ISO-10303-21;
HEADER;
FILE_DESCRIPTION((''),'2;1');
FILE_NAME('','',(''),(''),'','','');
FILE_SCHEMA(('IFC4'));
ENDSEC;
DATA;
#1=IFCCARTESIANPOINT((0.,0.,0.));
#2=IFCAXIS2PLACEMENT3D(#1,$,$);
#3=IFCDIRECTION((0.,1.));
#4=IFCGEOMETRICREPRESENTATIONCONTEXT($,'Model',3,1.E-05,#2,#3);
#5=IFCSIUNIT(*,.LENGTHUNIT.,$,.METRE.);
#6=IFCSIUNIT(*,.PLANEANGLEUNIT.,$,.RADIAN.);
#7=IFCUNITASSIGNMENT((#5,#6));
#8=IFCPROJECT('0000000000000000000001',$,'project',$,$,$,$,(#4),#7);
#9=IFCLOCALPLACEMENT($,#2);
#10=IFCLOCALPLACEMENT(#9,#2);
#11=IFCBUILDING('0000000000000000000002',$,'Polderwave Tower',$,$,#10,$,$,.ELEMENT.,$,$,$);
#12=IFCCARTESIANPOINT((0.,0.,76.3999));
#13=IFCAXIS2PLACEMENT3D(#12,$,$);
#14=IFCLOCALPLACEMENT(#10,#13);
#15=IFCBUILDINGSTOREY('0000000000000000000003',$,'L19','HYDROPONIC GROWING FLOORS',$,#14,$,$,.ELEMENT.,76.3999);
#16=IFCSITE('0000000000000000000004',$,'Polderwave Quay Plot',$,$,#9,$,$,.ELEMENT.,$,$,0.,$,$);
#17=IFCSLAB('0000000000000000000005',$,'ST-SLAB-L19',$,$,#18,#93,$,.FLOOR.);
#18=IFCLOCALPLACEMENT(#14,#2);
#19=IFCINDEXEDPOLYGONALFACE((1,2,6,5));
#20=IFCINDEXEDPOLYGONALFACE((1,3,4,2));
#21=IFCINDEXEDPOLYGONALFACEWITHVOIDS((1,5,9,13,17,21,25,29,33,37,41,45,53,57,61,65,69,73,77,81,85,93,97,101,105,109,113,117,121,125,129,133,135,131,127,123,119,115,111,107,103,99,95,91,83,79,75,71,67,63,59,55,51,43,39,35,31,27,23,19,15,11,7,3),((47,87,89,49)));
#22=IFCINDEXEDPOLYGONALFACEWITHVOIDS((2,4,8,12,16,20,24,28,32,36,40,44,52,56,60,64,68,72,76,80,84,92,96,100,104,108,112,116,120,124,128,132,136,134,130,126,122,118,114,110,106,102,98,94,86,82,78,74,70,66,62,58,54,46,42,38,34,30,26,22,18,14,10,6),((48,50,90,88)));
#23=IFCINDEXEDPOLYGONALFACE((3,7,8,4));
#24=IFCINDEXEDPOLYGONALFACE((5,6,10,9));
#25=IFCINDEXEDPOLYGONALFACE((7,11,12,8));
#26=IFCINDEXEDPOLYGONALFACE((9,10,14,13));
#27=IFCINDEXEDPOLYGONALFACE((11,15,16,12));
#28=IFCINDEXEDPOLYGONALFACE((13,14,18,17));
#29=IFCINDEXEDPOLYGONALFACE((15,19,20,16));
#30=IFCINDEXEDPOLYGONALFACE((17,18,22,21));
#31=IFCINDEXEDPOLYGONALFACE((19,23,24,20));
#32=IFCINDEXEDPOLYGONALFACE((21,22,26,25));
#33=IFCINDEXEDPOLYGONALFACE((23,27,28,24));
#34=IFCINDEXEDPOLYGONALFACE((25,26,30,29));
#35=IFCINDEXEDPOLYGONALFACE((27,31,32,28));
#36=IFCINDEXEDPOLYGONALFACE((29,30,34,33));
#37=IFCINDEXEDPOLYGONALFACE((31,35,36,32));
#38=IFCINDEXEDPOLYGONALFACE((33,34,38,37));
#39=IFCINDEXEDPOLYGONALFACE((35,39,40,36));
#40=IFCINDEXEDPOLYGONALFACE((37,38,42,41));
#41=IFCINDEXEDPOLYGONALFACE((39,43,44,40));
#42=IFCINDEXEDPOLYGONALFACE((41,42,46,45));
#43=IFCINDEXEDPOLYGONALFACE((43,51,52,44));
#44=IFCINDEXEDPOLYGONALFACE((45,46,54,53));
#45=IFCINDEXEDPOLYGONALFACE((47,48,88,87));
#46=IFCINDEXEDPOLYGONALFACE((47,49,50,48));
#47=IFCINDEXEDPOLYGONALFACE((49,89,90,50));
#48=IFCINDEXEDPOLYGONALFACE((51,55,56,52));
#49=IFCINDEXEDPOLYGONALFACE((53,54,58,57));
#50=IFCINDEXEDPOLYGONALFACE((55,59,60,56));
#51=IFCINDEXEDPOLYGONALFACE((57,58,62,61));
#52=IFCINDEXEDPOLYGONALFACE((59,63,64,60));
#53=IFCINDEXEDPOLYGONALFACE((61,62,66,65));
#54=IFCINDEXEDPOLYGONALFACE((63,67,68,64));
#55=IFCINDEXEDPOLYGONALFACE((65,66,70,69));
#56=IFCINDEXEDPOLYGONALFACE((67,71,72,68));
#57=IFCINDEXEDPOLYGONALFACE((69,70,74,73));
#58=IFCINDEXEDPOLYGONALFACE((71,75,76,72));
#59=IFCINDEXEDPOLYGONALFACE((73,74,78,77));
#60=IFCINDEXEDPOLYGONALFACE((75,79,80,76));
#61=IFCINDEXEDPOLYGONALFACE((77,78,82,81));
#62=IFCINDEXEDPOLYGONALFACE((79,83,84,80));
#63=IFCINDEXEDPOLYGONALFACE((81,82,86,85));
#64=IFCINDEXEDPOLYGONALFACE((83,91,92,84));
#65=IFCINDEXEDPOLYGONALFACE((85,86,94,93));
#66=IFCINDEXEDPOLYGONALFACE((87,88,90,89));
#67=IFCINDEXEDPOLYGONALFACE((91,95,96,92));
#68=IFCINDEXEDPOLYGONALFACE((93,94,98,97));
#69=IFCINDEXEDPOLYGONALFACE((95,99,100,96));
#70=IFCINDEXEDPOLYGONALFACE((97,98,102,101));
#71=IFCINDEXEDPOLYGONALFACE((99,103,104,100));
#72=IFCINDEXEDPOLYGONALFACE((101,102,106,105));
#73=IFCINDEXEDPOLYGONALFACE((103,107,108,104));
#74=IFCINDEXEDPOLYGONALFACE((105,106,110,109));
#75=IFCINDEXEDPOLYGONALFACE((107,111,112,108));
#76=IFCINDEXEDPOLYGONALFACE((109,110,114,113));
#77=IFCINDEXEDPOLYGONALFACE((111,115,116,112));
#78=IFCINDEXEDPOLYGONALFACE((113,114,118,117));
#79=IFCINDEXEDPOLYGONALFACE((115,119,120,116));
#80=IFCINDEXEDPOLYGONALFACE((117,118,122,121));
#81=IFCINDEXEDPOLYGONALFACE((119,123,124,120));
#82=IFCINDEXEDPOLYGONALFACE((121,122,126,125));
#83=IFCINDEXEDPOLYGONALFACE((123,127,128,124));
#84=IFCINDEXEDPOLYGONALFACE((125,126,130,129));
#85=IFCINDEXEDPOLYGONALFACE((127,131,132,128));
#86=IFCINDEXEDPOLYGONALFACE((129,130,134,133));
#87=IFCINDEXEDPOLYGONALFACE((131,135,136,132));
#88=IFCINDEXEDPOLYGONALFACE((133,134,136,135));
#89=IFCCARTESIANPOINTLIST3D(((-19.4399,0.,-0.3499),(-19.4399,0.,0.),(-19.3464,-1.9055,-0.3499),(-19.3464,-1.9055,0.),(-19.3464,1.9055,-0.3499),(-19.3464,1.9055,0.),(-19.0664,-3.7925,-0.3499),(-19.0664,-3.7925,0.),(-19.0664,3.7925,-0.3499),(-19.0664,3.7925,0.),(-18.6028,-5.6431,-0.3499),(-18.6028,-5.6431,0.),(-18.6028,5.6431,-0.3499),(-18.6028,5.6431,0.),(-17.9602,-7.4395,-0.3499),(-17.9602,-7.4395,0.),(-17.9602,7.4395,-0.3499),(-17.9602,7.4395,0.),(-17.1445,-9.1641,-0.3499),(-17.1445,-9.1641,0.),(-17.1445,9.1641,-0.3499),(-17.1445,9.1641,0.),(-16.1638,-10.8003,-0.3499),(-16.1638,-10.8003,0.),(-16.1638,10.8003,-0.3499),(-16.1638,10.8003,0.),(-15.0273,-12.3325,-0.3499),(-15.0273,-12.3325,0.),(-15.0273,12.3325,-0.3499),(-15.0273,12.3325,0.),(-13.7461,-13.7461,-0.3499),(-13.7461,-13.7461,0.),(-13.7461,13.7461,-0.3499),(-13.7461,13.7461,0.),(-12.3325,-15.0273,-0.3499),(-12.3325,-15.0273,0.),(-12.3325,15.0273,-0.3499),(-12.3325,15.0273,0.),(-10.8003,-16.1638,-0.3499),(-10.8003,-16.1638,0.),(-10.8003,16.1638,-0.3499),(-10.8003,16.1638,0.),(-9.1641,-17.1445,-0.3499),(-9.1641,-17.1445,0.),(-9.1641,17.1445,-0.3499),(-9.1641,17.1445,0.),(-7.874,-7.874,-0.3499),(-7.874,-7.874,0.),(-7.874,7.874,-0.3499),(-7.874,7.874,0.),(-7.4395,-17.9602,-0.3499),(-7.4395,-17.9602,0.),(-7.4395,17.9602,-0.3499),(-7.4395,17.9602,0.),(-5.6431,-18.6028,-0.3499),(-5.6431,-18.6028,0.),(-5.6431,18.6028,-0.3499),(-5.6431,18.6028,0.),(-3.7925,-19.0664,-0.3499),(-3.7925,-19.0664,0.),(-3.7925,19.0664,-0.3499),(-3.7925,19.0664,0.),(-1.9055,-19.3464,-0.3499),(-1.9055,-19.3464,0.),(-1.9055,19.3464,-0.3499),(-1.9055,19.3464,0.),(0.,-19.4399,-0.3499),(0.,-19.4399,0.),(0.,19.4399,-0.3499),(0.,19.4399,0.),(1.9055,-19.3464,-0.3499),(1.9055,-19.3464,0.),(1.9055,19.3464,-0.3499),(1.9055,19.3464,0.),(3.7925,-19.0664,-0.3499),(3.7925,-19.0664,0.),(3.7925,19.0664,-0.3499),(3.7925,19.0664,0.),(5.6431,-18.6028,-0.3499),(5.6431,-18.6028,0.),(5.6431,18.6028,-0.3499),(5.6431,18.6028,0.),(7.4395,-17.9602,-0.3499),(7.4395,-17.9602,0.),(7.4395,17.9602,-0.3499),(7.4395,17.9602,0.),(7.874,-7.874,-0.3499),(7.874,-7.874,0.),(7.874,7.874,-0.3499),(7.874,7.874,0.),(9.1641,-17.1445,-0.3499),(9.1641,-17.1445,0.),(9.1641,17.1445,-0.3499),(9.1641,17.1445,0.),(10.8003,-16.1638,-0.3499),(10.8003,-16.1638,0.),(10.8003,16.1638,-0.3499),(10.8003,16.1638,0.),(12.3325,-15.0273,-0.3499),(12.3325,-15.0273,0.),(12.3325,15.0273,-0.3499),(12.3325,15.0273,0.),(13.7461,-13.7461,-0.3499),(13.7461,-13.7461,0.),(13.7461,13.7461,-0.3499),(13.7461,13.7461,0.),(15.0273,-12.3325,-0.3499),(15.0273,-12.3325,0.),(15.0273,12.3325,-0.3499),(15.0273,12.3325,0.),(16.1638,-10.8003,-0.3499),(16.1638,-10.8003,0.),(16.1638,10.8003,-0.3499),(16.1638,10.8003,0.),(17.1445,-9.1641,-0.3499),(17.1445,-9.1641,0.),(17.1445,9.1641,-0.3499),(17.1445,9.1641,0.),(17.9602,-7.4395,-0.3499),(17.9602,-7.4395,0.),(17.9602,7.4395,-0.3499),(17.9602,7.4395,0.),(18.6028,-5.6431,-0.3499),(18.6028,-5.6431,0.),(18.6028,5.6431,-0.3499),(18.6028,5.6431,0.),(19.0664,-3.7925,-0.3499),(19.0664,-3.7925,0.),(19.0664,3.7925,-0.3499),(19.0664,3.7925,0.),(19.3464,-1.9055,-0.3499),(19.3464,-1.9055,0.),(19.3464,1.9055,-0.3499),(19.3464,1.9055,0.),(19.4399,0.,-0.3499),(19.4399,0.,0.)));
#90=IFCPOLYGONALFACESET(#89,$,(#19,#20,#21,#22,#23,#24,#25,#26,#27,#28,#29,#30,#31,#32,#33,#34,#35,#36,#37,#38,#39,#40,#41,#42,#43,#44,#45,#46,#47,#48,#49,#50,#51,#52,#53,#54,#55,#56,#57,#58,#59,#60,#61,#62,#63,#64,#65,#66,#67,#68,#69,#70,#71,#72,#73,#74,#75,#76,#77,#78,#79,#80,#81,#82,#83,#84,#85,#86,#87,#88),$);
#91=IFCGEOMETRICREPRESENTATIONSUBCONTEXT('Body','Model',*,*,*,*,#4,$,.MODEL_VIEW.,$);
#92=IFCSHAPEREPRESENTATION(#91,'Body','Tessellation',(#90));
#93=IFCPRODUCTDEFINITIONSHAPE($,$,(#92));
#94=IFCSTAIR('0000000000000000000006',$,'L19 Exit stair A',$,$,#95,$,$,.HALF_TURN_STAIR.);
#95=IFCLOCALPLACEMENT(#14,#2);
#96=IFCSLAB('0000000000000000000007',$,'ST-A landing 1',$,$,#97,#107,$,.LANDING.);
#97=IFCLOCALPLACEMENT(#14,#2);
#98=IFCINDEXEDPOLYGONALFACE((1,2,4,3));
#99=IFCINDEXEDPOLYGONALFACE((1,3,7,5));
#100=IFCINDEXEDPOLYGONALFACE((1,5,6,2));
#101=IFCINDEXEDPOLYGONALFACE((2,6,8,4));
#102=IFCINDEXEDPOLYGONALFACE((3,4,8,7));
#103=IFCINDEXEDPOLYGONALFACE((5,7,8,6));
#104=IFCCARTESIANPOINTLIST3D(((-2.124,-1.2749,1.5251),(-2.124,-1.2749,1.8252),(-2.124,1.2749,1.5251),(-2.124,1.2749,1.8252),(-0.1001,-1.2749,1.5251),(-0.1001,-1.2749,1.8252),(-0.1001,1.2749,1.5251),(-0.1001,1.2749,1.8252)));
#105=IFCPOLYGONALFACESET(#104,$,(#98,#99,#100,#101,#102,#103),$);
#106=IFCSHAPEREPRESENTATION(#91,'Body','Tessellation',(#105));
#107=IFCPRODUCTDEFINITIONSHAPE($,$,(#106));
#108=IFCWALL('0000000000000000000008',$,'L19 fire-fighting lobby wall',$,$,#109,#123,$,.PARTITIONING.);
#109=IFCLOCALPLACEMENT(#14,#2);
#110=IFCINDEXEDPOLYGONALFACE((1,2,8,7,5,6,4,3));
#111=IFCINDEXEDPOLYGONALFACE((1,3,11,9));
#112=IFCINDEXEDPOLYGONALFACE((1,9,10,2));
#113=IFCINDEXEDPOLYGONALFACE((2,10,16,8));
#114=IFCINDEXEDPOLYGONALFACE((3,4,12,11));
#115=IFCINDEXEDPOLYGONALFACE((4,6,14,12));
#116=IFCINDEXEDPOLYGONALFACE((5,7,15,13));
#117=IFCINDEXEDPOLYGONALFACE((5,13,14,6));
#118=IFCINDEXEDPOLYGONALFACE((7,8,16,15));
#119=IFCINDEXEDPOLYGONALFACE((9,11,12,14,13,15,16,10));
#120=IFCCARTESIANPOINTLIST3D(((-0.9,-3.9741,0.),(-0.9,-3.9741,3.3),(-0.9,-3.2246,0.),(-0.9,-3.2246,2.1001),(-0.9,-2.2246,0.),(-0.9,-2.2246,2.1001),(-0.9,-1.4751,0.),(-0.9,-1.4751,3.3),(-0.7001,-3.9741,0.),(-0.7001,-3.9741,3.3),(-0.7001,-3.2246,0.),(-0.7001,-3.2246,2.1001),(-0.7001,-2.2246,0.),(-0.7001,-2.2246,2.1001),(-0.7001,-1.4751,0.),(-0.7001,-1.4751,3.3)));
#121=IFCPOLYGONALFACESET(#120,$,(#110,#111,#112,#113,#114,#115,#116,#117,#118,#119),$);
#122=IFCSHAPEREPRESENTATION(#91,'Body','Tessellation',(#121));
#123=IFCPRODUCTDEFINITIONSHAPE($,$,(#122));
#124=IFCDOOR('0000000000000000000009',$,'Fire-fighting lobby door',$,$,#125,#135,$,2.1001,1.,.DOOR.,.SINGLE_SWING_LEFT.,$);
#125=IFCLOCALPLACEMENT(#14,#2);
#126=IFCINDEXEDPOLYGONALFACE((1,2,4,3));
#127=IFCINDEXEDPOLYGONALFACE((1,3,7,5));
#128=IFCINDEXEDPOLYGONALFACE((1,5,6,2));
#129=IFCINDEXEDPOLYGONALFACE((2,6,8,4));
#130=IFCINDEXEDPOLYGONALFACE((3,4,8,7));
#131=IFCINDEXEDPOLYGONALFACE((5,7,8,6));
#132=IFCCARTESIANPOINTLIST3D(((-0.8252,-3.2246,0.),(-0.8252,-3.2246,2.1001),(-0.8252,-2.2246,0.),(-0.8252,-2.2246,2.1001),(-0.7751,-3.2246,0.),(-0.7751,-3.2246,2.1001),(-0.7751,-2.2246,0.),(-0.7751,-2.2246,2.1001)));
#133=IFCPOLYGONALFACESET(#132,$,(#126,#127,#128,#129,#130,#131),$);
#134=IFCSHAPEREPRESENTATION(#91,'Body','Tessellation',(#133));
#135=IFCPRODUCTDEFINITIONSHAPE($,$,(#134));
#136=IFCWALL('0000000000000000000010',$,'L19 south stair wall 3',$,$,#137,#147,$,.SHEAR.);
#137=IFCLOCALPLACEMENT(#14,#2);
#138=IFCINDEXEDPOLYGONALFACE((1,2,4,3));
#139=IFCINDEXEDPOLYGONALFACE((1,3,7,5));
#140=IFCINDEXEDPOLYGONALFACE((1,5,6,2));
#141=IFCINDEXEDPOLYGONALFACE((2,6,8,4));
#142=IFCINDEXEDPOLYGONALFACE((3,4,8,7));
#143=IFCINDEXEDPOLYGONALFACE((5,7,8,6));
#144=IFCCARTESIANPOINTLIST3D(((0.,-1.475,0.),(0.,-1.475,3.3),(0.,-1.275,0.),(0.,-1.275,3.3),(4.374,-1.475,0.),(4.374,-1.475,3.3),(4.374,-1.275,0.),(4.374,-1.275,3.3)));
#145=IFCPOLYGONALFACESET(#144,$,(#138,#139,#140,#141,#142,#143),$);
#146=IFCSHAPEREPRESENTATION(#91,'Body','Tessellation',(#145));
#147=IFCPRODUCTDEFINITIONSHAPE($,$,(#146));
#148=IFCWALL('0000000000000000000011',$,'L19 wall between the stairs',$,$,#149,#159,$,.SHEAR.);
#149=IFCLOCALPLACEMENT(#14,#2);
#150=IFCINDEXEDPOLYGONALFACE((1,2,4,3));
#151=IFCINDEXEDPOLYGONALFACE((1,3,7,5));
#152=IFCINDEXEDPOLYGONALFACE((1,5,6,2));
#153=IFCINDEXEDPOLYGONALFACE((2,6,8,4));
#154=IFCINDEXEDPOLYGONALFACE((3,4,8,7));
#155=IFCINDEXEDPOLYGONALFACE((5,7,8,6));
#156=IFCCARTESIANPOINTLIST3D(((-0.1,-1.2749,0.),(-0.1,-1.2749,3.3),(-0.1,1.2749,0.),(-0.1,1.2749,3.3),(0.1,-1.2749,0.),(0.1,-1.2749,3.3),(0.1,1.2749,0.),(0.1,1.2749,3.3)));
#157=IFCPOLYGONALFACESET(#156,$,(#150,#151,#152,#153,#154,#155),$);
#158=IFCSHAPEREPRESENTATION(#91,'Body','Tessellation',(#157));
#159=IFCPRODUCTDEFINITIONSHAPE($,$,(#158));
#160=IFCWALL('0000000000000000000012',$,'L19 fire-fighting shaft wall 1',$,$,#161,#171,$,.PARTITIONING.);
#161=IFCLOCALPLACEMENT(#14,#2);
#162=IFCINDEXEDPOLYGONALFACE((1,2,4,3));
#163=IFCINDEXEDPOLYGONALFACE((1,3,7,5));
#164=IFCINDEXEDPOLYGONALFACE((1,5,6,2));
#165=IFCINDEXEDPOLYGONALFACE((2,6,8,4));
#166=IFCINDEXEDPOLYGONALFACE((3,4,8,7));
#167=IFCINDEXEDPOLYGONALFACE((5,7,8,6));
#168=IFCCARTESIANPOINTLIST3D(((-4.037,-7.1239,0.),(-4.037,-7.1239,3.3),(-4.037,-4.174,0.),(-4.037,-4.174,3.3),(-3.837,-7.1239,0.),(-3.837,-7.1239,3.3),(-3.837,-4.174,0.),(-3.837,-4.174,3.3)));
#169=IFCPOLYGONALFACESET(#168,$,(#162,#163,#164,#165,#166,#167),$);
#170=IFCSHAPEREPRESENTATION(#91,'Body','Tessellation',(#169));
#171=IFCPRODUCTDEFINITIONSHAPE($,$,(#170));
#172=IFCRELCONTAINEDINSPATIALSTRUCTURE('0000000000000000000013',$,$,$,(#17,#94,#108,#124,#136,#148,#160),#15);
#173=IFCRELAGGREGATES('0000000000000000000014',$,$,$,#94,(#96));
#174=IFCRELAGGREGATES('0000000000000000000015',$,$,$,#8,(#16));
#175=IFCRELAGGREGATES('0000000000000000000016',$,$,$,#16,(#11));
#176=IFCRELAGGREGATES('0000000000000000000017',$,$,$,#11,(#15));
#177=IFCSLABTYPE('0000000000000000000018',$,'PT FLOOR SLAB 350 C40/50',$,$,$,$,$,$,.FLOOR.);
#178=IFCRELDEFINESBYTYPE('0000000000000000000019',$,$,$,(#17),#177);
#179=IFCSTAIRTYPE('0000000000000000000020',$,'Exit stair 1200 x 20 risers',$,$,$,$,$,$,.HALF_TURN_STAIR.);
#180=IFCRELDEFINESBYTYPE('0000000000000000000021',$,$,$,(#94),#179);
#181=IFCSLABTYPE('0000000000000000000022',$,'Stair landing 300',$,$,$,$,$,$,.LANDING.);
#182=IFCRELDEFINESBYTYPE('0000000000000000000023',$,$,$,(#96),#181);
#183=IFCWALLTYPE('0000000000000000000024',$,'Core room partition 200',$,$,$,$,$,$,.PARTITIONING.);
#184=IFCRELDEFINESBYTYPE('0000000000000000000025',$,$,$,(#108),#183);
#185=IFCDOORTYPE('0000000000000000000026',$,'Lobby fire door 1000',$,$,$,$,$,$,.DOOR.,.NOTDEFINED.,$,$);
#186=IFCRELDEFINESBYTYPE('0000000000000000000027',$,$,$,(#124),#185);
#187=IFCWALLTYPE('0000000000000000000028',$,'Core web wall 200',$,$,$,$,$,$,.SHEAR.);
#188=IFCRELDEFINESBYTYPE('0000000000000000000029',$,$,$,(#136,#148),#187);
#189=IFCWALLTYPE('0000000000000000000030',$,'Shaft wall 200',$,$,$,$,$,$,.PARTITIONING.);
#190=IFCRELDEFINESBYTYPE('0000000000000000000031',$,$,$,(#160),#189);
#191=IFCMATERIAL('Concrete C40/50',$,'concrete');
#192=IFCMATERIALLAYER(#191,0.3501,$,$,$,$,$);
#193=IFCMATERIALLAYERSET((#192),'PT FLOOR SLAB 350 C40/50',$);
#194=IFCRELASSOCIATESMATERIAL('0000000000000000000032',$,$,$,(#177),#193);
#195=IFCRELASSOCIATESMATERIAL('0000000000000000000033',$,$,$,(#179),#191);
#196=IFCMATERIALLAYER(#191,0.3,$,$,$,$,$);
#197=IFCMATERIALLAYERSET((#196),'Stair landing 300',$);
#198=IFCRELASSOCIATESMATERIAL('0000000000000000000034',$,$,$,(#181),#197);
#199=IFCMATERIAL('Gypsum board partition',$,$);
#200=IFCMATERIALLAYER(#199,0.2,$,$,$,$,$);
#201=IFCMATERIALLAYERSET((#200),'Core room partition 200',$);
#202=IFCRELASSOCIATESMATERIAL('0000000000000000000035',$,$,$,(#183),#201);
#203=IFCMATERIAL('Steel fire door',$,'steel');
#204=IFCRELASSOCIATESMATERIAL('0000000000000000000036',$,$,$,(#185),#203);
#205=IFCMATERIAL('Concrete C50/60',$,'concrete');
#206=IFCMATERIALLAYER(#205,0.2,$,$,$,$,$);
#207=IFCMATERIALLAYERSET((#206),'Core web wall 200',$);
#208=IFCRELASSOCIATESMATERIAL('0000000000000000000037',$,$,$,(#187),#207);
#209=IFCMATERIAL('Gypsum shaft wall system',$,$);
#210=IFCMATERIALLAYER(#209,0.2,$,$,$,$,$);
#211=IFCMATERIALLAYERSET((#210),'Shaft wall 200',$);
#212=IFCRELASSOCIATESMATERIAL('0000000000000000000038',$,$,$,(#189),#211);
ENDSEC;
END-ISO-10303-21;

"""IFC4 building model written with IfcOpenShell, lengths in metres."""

from ifc_helpers import new_model, si_unit, direction, frame, frame_2d, origin, place, context, subcontext, project, spatial, polyline, rectangle, outline, extrude, material, layer, layer_set, type_object, element, fill, aggregate, save


model = new_model("IFC4")

# Units and contexts
model_context = context("Model", 3, precision=1e-05, world=origin(), true_north=direction((0.0, 1.0)))
body_context = subcontext(model_context, "Body", "Model", "MODEL_VIEW")
ifc_project = project(units=[si_unit("LENGTHUNIT", "METRE"), si_unit("PLANEANGLEUNIT", "RADIAN")], contexts=[model_context])

# Site, building, storey
site_placement = place(None, origin())
site = spatial("IfcSite", under=ifc_project, at=site_placement, Name="Polderwave Quay Plot", CompositionType="ELEMENT", RefElevation=0.0)
building_placement = place(site_placement, origin())
building = spatial("IfcBuilding", under=site, at=building_placement, Name="Polderwave Tower", CompositionType="ELEMENT")
storey_placement = place(building_placement, frame((0.0, 0.0, 76.3999)))
storey = spatial("IfcBuildingStorey", under=building, at=storey_placement, Name="L19", Description="HYDROPONIC GROWING FLOORS", CompositionType="ELEMENT", Elevation=76.3999)

# Slab
ifc_material_1 = material(Name="Concrete C40/50", Category="concrete")
ifc_layer_1 = layer(ifc_material_1, 0.3501)
ifc_layer_set_1 = layer_set([ifc_layer_1], Name="PT FLOOR SLAB 350 C40/50")
slab_type_1 = type_object("IfcSlabType", Name="PT FLOOR SLAB 350 C40/50", PredefinedType="FLOOR", material=ifc_layer_set_1)
slab_1_placement = place(storey_placement, frame((0.0, 0.0, -0.3499)))
element("IfcSlab", 1, at=slab_1_placement, inside=storey, type_object=slab_type_1, Name="ST-SLAB-L19", PredefinedType="FLOOR", context=body_context, shape_type="SweptSolid", body=[
    extrude(outline(polyline([(19.4399, 0.0), (19.3464, 1.9055), (19.0664, 3.7925), (18.6028, 5.6431), (17.9602, 7.4395), (17.1445, 9.1641), (16.1638, 10.8003), (15.0273, 12.3325), (13.7461, 13.7461), (12.3325, 15.0273), (10.8003, 16.1638), (9.1641, 17.1445), (7.4395, 17.9602), (5.6431, 18.6028), (3.7925, 19.0664), (1.9055, 19.3464), (0.0, 19.4399), (-1.9055, 19.3464), (-3.7925, 19.0664), (-5.6431, 18.6028), (-7.4395, 17.9602), (-9.1641, 17.1445), (-10.8003, 16.1638), (-12.3325, 15.0273), (-13.7461, 13.7461), (-15.0273, 12.3325), (-16.1638, 10.8003), (-17.1445, 9.1641), (-17.9602, 7.4395), (-18.6028, 5.6431), (-19.0664, 3.7925), (-19.3464, 1.9055), (-19.4399, 0.0), (-19.3464, -1.9055), (-19.0664, -3.7925), (-18.6028, -5.6431), (-17.9602, -7.4395), (-17.1445, -9.1641), (-16.1638, -10.8003), (-15.0273, -12.3325), (-13.7461, -13.7461), (-12.3325, -15.0273), (-10.8003, -16.1638), (-9.1641, -17.1445), (-7.4395, -17.9602), (-5.6431, -18.6028), (-3.7925, -19.0664), (-1.9055, -19.3464), (0.0, -19.4399), (1.9055, -19.3464), (3.7925, -19.0664), (5.6431, -18.6028), (7.4395, -17.9602), (9.1641, -17.1445), (10.8003, -16.1638), (12.3325, -15.0273), (13.7461, -13.7461), (15.0273, -12.3325), (16.1638, -10.8003), (17.1445, -9.1641), (17.9602, -7.4395), (18.6028, -5.6431), (19.0664, -3.7925), (19.3464, -1.9055), (19.4399, 0.0)]), holes=[polyline([(-7.874, -7.874), (7.874, -7.874), (7.874, 7.874), (-7.874, 7.874), (-7.874, -7.874)])]), origin(), (0.0, 0.0, 1.0), 0.3499),
])

# Stair, slab
stair_type = type_object("IfcStairType", Name="Exit stair 1200 x 20 risers", PredefinedType="HALF_TURN_STAIR", material=ifc_material_1)
stair_placement = place(storey_placement, origin())
stair = element("IfcStair", 2, at=stair_placement, inside=storey, type_object=stair_type, Name="L19 Exit stair A", PredefinedType="HALF_TURN_STAIR")
ifc_layer_2 = layer(ifc_material_1, 0.3)
ifc_layer_set_2 = layer_set([ifc_layer_2], Name="Stair landing 300")
slab_type_2 = type_object("IfcSlabType", Name="Stair landing 300", PredefinedType="LANDING", material=ifc_layer_set_2)
slab_2_placement = place(storey_placement, frame((0.0, 0.0, 1.5251)))
slab_2 = element("IfcSlab", 3, at=slab_2_placement, type_object=slab_type_2, Name="ST-A landing 1", PredefinedType="LANDING", context=body_context, shape_type="SweptSolid", body=[
    extrude(outline(polyline([(-2.124, -1.2749), (-0.1001, -1.2749), (-0.1001, 1.2749), (-2.124, 1.2749), (-2.124, -1.2749)])), origin(), (0.0, 0.0, 1.0), 0.3),
])

# Wall, opening, door
ifc_material_2 = material(Name="Gypsum board partition")
ifc_layer_3 = layer(ifc_material_2, 0.2)
ifc_layer_set_3 = layer_set([ifc_layer_3], Name="Core room partition 200")
wall_type_1 = type_object("IfcWallType", Name="Core room partition 200", PredefinedType="PARTITIONING", material=ifc_layer_set_3)
wall_1_placement = place(storey_placement, frame((-0.8, -3.9741, 0.0), z_axis=(0.0, 0.0, 1.0), x_axis=(0.0, 1.0, 0.0)))
wall_1 = element("IfcWall", 4, at=wall_1_placement, inside=storey, type_object=wall_type_1, Name="L19 fire-fighting lobby wall", PredefinedType="PARTITIONING", context=body_context, shape_type="SweptSolid", body=[
    extrude(rectangle(XDim=2.499, YDim=0.2, at=frame_2d((1.2495, 0.0))), origin(), (0.0, 0.0, 1.0), 3.3),
])
opening_placement = place(wall_1_placement, frame((0.7495, 0.0, 0.0)))
opening = element("IfcOpeningElement", 5, at=opening_placement, cuts=wall_1, PredefinedType="OPENING", context=body_context, shape_type="SweptSolid", body=[
    extrude(rectangle(XDim=1.0, YDim=2.1001, at=frame_2d((0.5, 1.05))), frame((0.0, 0.1099, 0.0), z_axis=(0.0, -1.0, 0.0), x_axis=(1.0, 0.0, 0.0)), (0.0, 0.0, 1.0), 0.22),
])
ifc_material_3 = material(Name="Steel fire door", Category="steel")
door_type = type_object("IfcDoorType", Name="Lobby fire door 1000", OperationType="NOTDEFINED", PredefinedType="DOOR", material=ifc_material_3)
door_placement = place(opening_placement, frame((1.0, 0.0, 0.0), z_axis=(0.0, 0.0, 1.0), x_axis=(-1.0, 0.0, 0.0)))
door = element("IfcDoor", 6, at=door_placement, inside=storey, type_object=door_type, Name="Fire-fighting lobby door", OperationType="SINGLE_SWING_LEFT", OverallHeight=2.1001, OverallWidth=1.0, PredefinedType="DOOR", context=body_context, shape_type="SweptSolid", body=[
    extrude(rectangle(XDim=1.0, YDim=2.1001, at=frame_2d((0.5, 1.05))), frame((0.0, 0.0249, 0.0), z_axis=(0.0, -1.0, 0.0), x_axis=(1.0, 0.0, 0.0)), (0.0, 0.0, 1.0), 0.05),
])
fill(opening, door)

# Walls
ifc_material_4 = material(Name="Concrete C50/60", Category="concrete")
ifc_layer_4 = layer(ifc_material_4, 0.2)
ifc_layer_set_4 = layer_set([ifc_layer_4], Name="Core web wall 200")
wall_type_2 = type_object("IfcWallType", Name="Core web wall 200", PredefinedType="SHEAR", material=ifc_layer_set_4)
wall_2_placement = place(storey_placement, frame((0.0, -1.375, 0.0), z_axis=(0.0, 0.0, 1.0), x_axis=(1.0, 0.0, 0.0)))
element("IfcWall", 7, at=wall_2_placement, inside=storey, type_object=wall_type_2, Name="L19 south stair wall 3", PredefinedType="SHEAR", context=body_context, shape_type="SweptSolid", body=[
    extrude(rectangle(XDim=4.374, YDim=0.2, at=frame_2d((2.187, 0.0))), origin(), (0.0, 0.0, 1.0), 3.3),
])
wall_3_placement = place(storey_placement, frame((0.0, -1.2749, 0.0), z_axis=(0.0, 0.0, 1.0), x_axis=(0.0, 1.0, 0.0)))
element("IfcWall", 8, at=wall_3_placement, inside=storey, type_object=wall_type_2, Name="L19 wall between the stairs", PredefinedType="SHEAR", context=body_context, shape_type="SweptSolid", body=[
    extrude(rectangle(XDim=2.5498, YDim=0.2, at=frame_2d((1.2749, 0.0))), origin(), (0.0, 0.0, 1.0), 3.3),
])
ifc_material_5 = material(Name="Gypsum shaft wall system")
ifc_layer_5 = layer(ifc_material_5, 0.2)
ifc_layer_set_5 = layer_set([ifc_layer_5], Name="Shaft wall 200")
wall_type_3 = type_object("IfcWallType", Name="Shaft wall 200", PredefinedType="PARTITIONING", material=ifc_layer_set_5)
for number, where, z_axis, x_axis, name in (
    (9, (-3.937, -7.124, 0.0), (0.0, 0.0, 1.0), (0.0, 1.0, 0.0), "L19 fire-fighting shaft wall 1"),
):
    element("IfcWall", number, at=place(storey_placement, frame(where, z_axis=z_axis, x_axis=x_axis)), inside=storey, type_object=wall_type_3, Name=name, PredefinedType="PARTITIONING", context=body_context, shape_type="SweptSolid", body=[
        extrude(rectangle(XDim=2.95, YDim=0.2, at=frame_2d((1.4751, 0.0))), origin(), (0.0, 0.0, 1.0), 3.3),
    ])

aggregate(stair, [slab_2])

save(model, "model.ifc")
